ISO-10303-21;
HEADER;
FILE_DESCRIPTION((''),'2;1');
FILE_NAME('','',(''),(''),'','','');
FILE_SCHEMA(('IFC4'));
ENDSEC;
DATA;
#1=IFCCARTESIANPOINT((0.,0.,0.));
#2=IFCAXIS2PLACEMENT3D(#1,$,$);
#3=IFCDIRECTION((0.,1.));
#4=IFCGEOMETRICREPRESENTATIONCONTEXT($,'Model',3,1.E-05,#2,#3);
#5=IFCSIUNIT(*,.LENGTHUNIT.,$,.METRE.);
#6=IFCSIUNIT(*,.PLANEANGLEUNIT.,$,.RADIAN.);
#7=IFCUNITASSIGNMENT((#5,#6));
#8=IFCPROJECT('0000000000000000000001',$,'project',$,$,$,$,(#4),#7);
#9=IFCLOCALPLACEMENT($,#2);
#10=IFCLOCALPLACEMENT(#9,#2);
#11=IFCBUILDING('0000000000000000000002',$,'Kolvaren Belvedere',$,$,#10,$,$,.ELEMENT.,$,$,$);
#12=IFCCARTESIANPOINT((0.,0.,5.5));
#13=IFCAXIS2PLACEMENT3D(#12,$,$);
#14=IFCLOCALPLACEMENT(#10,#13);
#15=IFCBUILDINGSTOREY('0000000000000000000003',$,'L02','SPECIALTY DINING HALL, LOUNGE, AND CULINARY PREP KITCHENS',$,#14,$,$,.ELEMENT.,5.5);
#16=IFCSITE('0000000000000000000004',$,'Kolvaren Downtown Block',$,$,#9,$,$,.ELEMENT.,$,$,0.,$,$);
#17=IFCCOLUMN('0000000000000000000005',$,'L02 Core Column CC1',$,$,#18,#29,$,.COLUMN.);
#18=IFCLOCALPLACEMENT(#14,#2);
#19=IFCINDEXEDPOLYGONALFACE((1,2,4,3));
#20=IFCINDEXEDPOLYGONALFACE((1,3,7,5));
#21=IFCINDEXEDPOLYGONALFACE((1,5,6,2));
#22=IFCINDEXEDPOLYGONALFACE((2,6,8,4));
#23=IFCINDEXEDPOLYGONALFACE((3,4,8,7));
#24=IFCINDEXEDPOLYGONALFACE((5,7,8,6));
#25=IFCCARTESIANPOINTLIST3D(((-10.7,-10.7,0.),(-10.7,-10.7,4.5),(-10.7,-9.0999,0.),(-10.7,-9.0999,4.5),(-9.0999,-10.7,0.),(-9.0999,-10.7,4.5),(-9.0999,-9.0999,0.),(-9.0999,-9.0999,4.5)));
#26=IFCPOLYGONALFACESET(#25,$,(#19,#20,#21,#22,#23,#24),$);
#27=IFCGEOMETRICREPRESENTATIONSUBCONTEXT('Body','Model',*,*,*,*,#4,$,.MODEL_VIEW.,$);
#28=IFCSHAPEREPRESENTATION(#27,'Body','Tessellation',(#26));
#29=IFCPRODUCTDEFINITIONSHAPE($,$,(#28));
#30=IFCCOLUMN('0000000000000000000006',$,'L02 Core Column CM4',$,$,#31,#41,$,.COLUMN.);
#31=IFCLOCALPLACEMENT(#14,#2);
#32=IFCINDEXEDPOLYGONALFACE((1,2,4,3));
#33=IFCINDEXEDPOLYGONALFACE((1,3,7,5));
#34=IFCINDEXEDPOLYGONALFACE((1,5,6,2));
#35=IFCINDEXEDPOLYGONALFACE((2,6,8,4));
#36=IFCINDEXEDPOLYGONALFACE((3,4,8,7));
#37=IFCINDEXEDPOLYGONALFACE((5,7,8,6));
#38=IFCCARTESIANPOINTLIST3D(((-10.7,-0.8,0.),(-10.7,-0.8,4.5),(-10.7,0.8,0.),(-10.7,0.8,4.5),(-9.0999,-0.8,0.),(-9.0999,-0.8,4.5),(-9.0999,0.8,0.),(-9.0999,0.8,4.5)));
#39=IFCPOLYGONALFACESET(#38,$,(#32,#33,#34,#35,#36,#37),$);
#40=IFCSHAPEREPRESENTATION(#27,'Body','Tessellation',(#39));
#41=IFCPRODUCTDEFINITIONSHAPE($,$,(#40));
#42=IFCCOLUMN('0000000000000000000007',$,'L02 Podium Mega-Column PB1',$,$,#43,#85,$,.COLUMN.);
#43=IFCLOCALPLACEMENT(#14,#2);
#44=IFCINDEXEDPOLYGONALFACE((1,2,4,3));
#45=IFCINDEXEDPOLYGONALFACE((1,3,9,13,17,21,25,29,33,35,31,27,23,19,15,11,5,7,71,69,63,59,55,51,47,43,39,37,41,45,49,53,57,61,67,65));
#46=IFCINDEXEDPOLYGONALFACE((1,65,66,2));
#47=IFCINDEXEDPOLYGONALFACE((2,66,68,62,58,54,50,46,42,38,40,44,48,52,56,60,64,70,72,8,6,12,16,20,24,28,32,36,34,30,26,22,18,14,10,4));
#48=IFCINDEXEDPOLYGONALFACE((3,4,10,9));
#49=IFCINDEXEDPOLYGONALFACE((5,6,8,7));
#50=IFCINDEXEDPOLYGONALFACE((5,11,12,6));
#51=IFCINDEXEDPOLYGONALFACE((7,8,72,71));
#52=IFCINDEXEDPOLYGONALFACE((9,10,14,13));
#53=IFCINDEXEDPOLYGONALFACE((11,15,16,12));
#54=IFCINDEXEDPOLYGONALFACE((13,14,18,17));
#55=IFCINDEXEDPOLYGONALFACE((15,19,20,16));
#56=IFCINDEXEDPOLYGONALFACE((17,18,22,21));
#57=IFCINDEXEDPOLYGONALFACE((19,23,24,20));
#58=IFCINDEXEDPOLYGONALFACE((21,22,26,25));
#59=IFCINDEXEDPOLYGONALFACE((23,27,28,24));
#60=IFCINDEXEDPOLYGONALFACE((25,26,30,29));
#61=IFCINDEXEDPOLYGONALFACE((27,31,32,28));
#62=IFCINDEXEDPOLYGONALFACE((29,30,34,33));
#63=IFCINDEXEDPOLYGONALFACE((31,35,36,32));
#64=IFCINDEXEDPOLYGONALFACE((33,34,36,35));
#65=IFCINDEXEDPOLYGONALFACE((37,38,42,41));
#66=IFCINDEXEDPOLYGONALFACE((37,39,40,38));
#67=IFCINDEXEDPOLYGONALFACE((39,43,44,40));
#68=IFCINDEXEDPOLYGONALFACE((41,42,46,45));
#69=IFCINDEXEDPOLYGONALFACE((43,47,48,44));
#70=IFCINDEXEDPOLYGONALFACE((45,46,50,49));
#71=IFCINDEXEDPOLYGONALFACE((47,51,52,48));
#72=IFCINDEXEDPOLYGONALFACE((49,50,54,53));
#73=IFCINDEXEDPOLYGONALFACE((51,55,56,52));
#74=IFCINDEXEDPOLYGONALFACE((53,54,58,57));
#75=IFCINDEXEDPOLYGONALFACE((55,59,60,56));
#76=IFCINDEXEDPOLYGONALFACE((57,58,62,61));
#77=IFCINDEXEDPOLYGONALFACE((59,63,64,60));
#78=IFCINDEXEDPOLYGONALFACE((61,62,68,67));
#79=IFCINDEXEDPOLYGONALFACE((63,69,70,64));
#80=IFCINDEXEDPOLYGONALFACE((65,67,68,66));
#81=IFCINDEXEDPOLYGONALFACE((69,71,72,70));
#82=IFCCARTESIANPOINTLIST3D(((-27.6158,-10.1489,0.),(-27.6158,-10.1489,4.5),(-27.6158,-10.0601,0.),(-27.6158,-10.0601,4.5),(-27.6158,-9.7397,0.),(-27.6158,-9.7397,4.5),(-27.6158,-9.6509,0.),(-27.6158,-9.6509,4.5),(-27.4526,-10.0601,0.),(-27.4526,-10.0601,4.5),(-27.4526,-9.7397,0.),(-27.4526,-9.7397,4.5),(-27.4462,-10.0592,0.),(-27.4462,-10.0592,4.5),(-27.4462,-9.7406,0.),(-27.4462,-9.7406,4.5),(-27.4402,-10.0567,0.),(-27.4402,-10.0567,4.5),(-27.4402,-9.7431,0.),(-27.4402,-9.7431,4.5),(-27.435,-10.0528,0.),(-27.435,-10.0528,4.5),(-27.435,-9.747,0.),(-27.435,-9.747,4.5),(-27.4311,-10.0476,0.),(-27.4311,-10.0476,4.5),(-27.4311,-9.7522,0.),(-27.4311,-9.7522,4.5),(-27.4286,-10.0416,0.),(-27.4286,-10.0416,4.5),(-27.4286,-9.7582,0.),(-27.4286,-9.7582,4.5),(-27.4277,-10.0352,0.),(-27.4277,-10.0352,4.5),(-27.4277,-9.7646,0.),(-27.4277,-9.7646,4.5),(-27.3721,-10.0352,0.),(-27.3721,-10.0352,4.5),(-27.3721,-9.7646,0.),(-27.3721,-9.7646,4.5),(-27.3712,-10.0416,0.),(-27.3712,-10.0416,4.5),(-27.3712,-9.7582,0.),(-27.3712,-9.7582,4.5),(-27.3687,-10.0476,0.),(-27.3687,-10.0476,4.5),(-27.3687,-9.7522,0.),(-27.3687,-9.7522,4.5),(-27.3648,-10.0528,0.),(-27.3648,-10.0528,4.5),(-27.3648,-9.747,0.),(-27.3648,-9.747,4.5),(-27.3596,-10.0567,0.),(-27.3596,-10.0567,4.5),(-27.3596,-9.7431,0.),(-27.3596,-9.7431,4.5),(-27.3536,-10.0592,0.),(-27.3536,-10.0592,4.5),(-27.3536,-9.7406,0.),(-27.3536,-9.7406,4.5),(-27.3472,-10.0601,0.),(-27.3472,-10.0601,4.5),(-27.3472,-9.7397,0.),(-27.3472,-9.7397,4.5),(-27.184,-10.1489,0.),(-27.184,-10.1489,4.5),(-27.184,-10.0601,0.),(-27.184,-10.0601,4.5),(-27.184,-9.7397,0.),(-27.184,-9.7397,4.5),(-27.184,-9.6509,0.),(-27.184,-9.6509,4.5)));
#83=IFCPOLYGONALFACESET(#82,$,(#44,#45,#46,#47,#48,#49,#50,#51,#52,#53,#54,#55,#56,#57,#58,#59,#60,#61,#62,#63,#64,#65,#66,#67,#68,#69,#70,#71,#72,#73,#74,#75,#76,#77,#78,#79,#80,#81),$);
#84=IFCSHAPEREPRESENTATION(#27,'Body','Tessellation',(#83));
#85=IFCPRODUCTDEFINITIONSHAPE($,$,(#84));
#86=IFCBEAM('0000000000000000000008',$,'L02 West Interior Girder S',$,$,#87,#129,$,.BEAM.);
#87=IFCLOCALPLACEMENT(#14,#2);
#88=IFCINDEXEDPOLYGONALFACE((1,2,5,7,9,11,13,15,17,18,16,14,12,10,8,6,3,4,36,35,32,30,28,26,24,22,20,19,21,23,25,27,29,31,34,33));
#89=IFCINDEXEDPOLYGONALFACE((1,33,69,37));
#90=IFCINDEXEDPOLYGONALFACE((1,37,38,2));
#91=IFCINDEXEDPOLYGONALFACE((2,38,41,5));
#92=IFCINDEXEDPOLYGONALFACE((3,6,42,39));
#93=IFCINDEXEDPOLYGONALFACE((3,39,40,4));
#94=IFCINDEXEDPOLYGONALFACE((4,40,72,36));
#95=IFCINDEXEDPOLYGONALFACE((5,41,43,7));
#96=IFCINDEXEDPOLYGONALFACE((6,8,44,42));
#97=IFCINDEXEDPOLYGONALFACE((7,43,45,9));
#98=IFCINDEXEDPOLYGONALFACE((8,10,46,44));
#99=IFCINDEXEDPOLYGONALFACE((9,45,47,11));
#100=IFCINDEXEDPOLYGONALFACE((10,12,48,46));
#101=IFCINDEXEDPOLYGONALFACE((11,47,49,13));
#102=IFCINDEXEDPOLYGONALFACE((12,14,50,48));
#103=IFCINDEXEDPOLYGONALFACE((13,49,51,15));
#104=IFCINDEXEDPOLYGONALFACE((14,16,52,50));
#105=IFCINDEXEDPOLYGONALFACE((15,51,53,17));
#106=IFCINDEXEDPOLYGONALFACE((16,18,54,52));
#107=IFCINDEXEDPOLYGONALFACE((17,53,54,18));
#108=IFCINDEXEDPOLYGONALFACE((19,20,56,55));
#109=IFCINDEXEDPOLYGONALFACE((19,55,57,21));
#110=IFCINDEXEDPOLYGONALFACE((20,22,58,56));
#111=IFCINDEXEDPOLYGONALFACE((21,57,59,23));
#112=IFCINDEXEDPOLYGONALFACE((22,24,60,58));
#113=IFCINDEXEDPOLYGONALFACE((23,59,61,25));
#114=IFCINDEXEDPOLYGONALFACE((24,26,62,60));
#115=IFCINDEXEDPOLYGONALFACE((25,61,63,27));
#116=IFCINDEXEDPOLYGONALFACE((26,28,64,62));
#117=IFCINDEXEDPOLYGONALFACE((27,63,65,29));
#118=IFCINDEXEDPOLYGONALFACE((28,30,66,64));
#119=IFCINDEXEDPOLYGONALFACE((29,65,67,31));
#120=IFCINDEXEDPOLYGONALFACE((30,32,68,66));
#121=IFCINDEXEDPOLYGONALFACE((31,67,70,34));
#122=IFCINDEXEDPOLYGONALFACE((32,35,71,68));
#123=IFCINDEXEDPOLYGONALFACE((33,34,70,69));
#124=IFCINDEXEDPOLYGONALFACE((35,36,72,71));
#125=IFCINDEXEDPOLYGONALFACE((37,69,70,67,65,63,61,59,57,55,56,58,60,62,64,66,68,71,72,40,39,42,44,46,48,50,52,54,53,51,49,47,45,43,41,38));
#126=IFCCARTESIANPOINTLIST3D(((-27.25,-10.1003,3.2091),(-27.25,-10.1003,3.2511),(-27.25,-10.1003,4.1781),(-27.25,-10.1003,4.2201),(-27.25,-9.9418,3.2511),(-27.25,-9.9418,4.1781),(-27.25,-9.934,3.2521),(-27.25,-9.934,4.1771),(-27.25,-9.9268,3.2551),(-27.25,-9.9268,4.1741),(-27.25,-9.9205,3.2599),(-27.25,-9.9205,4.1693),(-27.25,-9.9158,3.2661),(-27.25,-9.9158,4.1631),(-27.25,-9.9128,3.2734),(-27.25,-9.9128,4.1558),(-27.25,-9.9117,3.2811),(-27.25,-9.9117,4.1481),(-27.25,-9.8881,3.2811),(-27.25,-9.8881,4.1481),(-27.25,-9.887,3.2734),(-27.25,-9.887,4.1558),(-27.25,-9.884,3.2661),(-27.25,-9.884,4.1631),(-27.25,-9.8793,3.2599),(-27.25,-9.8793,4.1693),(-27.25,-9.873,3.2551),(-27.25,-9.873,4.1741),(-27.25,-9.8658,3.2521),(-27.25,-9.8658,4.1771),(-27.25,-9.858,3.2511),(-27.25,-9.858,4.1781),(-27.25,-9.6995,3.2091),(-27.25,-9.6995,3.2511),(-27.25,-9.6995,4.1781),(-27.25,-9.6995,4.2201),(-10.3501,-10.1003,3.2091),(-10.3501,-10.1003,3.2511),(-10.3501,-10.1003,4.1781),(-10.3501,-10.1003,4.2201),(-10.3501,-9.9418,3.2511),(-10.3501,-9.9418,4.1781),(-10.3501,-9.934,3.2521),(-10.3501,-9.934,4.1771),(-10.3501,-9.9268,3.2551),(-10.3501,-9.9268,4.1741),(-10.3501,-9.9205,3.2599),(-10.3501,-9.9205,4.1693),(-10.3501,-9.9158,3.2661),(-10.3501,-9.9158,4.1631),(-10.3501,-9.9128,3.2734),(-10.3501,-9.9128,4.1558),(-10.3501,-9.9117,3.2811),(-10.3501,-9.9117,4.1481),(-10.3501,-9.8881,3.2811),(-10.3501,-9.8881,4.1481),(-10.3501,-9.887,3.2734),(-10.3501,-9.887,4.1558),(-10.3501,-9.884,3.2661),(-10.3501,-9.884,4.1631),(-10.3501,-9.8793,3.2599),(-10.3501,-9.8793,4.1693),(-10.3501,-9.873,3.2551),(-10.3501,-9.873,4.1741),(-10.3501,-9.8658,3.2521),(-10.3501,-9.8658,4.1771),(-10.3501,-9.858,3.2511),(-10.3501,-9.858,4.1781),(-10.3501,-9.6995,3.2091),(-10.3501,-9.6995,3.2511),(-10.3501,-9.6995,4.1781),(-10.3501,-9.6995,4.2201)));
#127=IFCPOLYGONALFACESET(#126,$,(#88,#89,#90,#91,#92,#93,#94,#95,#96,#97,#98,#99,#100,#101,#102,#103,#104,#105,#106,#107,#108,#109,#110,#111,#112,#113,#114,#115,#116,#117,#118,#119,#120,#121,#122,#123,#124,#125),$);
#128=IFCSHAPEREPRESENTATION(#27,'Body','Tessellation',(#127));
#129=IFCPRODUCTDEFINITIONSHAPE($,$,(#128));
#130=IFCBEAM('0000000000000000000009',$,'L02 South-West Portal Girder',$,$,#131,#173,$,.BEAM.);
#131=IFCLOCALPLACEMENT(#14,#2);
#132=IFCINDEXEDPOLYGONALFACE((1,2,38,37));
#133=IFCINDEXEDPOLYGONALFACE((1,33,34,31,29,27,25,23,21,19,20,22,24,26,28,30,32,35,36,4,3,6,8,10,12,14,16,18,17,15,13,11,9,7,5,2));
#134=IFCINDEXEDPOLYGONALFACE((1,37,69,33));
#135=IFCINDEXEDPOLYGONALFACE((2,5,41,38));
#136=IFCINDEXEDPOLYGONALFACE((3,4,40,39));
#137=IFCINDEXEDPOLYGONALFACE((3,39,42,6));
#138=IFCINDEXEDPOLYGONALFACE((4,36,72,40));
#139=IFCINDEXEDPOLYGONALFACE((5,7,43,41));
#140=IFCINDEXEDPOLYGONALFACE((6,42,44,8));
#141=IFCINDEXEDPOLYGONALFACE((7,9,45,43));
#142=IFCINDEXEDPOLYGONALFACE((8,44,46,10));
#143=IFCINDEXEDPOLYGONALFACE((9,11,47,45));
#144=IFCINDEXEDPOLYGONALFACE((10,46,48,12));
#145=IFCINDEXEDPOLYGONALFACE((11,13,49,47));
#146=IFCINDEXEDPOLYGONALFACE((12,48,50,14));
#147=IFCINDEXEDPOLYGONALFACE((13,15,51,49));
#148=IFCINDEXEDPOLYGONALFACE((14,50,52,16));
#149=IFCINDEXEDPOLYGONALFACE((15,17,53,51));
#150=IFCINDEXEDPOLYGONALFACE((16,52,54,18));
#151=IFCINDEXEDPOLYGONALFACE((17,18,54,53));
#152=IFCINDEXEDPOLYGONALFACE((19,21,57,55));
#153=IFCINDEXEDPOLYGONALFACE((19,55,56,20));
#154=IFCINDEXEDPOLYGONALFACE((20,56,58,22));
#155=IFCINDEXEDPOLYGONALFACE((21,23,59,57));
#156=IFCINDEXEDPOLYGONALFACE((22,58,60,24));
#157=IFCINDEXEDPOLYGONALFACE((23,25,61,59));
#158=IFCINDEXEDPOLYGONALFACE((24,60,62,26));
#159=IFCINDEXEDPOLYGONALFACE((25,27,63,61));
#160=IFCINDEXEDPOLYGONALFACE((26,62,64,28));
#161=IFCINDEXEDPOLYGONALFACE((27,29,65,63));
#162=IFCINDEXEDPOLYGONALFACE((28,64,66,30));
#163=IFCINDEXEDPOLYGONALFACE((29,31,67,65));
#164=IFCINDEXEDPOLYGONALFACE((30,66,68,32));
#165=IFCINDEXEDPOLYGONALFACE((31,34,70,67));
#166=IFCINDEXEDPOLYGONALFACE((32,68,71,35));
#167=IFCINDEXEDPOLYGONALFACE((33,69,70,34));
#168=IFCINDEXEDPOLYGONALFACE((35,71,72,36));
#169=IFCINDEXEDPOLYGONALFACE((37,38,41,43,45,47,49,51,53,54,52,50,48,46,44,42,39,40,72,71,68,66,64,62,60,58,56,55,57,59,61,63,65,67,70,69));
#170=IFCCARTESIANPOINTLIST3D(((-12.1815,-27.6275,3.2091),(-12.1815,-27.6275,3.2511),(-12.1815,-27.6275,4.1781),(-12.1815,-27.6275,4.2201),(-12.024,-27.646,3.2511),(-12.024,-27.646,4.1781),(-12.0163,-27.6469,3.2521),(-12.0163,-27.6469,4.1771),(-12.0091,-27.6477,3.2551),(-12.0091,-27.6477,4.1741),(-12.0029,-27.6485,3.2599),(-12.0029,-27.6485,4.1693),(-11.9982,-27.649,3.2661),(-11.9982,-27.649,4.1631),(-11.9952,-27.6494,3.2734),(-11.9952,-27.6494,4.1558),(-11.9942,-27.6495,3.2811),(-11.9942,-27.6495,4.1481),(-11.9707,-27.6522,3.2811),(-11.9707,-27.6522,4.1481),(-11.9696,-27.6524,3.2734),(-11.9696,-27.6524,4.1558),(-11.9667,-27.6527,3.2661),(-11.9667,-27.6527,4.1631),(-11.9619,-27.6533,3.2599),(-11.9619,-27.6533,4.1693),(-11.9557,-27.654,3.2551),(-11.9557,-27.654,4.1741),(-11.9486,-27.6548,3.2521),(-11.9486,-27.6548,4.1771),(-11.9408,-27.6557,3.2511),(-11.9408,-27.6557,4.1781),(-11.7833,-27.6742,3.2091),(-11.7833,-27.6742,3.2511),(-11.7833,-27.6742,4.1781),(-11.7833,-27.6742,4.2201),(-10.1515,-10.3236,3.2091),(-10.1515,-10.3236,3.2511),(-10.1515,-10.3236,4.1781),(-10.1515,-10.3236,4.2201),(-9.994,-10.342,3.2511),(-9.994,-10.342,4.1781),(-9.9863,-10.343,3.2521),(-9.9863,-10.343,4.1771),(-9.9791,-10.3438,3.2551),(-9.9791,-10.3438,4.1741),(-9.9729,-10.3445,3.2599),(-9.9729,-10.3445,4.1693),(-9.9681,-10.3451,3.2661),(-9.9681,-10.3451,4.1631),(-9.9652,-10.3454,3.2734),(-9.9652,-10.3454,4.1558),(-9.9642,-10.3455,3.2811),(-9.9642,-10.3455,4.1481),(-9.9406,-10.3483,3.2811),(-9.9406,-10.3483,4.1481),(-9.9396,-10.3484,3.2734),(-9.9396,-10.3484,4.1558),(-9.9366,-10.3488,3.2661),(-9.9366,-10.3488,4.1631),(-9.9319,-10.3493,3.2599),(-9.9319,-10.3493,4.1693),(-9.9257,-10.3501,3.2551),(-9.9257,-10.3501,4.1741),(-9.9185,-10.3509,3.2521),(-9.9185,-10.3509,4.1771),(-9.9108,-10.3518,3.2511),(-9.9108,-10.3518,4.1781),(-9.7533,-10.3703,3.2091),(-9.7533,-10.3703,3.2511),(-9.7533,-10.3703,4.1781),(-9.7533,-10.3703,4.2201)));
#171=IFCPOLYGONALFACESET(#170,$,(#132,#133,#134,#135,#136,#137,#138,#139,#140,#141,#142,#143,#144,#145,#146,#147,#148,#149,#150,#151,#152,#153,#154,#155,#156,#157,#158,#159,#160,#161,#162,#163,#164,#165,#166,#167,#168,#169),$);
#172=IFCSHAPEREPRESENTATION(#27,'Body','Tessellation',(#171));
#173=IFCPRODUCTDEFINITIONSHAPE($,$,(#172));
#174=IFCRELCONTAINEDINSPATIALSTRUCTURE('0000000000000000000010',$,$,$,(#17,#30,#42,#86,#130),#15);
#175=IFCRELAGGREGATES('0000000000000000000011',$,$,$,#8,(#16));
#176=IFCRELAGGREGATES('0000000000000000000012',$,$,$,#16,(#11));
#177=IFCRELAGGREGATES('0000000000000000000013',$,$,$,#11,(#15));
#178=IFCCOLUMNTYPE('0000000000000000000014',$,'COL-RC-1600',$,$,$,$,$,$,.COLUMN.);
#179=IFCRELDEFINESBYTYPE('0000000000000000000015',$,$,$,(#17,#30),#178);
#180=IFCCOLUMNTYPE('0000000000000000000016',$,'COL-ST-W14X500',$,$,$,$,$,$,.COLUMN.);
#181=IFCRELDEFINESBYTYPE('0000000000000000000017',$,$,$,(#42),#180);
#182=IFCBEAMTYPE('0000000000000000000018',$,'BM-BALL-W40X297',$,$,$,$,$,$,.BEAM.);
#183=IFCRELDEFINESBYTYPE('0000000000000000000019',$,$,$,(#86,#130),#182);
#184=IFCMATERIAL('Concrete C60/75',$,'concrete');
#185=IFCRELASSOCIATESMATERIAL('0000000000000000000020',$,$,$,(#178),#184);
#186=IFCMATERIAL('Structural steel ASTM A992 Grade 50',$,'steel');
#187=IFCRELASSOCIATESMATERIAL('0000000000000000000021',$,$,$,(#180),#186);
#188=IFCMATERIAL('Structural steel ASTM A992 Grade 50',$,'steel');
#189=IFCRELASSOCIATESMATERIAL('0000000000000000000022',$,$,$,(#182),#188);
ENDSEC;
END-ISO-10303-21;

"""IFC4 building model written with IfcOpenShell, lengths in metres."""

from ifc_helpers import new_model, si_unit, direction, frame, origin, origin_2d, place, context, subcontext, project, spatial, rectangle, i_section, extrude, material, material_profile, profile_set, type_object, element, save


model = new_model("IFC4")

# Units and contexts
model_context = context("Model", 3, precision=1e-05, world=origin(), true_north=direction((0.0, 1.0)))
body_context = subcontext(model_context, "Body", "Model", "MODEL_VIEW")
ifc_project = project(units=[si_unit("LENGTHUNIT", "METRE"), si_unit("PLANEANGLEUNIT", "RADIAN")], contexts=[model_context])

# Site, building, storey
site_placement = place(None, origin())
site = spatial("IfcSite", under=ifc_project, at=site_placement, Name="Kolvaren Downtown Block", CompositionType="ELEMENT", RefElevation=0.0)
building_placement = place(site_placement, origin())
building = spatial("IfcBuilding", under=site, at=building_placement, Name="Kolvaren Belvedere", CompositionType="ELEMENT")
storey_placement = place(building_placement, frame((0.0, 0.0, 5.5)))
storey = spatial("IfcBuildingStorey", under=building, at=storey_placement, Name="L02", Description="SPECIALTY DINING HALL, LOUNGE, AND CULINARY PREP KITCHENS", CompositionType="ELEMENT", Elevation=5.5)

# Columns
ifc_material_1 = material(Name="Concrete C60/75", Category="concrete")
ifc_material_profile_1 = material_profile(ifc_material_1, rectangle(XDim=1.6001, YDim=1.6001, at=origin_2d()), Name="RC 1600X1600")
ifc_profile_set_1 = profile_set([ifc_material_profile_1], Name="Concrete C60/75")
column_type_1 = type_object("IfcColumnType", Name="COL-RC-1600", PredefinedType="COLUMN", material=ifc_profile_set_1)
for number, where, z_axis, x_axis, name in (
    (1, (-9.8999, -9.8999, 0.0), (0.0, 0.0, 1.0), (1.0, 0.0, 0.0), "L02 Core Column CC1"),
    (2, (-9.8999, 0.0, 0.0), (0.0, 0.0, 1.0), (1.0, 0.0, 0.0), "L02 Core Column CM4"),
):
    element("IfcColumn", number, at=place(storey_placement, frame(where, z_axis=z_axis, x_axis=x_axis)), inside=storey, type_object=column_type_1, Name=name, PredefinedType="COLUMN", context=body_context, shape_type="SweptSolid", body=[
        extrude(rectangle(XDim=1.6001, YDim=1.6001, at=origin_2d()), origin(), (0.0, 0.0, 1.0), 4.5),
    ])
ifc_material_2 = material(Name="Structural steel ASTM A992 Grade 50", Category="steel")
ifc_material_profile_2 = material_profile(ifc_material_2, i_section(OverallWidth=0.4319, OverallDepth=0.498, WebThickness=0.0557, FlangeThickness=0.0889, FilletRadius=0.0249, at=origin_2d()), Name="W14X500")
ifc_profile_set_2 = profile_set([ifc_material_profile_2], Name="Structural steel ASTM A992 Grade 50")
column_type_2 = type_object("IfcColumnType", Name="COL-ST-W14X500", PredefinedType="COLUMN", material=ifc_profile_set_2)
column_placement = place(storey_placement, frame((-27.3999, -9.8999, 0.0), z_axis=(0.0, 0.0, 1.0), x_axis=(1.0, 0.0, 0.0)))
element("IfcColumn", 3, at=column_placement, inside=storey, type_object=column_type_2, Name="L02 Podium Mega-Column PB1", PredefinedType="COLUMN", context=body_context, shape_type="SweptSolid", body=[
    extrude(i_section(OverallWidth=0.4319, OverallDepth=0.498, WebThickness=0.0557, FlangeThickness=0.0889, FilletRadius=0.0249, at=origin_2d()), origin(), (0.0, 0.0, 1.0), 4.5),
])

# Beams
ifc_material_3 = material(Name="Structural steel ASTM A992 Grade 50", Category="steel")
ifc_material_profile_3 = material_profile(ifc_material_3, i_section(OverallWidth=0.4009, OverallDepth=1.011, WebThickness=0.0237, FlangeThickness=0.042, FilletRadius=0.03, at=origin_2d()), Name="W40X297")
ifc_profile_set_3 = profile_set([ifc_material_profile_3], Name="Structural steel ASTM A992 Grade 50")
beam_type_1 = type_object("IfcBeamType", Name="BM-BALL-W40X297", PredefinedType="BEAM", material=ifc_profile_set_3)
beam_1_placement = place(storey_placement, frame((-27.25, -9.8999, 3.7146), z_axis=(1.0, 0.0, 0.0), x_axis=(0.0, 1.0, 0.0)))
element("IfcBeam", 4, at=beam_1_placement, inside=storey, type_object=beam_type_1, Name="L02 West Interior Girder S", PredefinedType="BEAM", context=body_context, shape_type="SweptSolid", body=[
    extrude(i_section(OverallWidth=0.4009, OverallDepth=1.011, WebThickness=0.0237, FlangeThickness=0.042, FilletRadius=0.03, at=origin_2d()), origin(), (0.0, 0.0, 1.0), 16.8999),
])
beam_2_placement = place(storey_placement, frame((-9.9524, -10.3469, 3.7146), z_axis=(-0.116517, -0.993189, 0.0), x_axis=(0.993189, -0.116517, 0.0)))
element("IfcBeam", 5, at=beam_2_placement, inside=storey, type_object=beam_type_1, Name="L02 South-West Portal Girder", PredefinedType="BEAM", context=body_context, shape_type="SweptSolid", body=[
    extrude(i_section(OverallWidth=0.4009, OverallDepth=1.011, WebThickness=0.0237, FlangeThickness=0.042, FilletRadius=0.03, at=origin_2d()), origin(), (0.0, 0.0, 1.0), 17.4226),
])

save(model, "model.ifc")
